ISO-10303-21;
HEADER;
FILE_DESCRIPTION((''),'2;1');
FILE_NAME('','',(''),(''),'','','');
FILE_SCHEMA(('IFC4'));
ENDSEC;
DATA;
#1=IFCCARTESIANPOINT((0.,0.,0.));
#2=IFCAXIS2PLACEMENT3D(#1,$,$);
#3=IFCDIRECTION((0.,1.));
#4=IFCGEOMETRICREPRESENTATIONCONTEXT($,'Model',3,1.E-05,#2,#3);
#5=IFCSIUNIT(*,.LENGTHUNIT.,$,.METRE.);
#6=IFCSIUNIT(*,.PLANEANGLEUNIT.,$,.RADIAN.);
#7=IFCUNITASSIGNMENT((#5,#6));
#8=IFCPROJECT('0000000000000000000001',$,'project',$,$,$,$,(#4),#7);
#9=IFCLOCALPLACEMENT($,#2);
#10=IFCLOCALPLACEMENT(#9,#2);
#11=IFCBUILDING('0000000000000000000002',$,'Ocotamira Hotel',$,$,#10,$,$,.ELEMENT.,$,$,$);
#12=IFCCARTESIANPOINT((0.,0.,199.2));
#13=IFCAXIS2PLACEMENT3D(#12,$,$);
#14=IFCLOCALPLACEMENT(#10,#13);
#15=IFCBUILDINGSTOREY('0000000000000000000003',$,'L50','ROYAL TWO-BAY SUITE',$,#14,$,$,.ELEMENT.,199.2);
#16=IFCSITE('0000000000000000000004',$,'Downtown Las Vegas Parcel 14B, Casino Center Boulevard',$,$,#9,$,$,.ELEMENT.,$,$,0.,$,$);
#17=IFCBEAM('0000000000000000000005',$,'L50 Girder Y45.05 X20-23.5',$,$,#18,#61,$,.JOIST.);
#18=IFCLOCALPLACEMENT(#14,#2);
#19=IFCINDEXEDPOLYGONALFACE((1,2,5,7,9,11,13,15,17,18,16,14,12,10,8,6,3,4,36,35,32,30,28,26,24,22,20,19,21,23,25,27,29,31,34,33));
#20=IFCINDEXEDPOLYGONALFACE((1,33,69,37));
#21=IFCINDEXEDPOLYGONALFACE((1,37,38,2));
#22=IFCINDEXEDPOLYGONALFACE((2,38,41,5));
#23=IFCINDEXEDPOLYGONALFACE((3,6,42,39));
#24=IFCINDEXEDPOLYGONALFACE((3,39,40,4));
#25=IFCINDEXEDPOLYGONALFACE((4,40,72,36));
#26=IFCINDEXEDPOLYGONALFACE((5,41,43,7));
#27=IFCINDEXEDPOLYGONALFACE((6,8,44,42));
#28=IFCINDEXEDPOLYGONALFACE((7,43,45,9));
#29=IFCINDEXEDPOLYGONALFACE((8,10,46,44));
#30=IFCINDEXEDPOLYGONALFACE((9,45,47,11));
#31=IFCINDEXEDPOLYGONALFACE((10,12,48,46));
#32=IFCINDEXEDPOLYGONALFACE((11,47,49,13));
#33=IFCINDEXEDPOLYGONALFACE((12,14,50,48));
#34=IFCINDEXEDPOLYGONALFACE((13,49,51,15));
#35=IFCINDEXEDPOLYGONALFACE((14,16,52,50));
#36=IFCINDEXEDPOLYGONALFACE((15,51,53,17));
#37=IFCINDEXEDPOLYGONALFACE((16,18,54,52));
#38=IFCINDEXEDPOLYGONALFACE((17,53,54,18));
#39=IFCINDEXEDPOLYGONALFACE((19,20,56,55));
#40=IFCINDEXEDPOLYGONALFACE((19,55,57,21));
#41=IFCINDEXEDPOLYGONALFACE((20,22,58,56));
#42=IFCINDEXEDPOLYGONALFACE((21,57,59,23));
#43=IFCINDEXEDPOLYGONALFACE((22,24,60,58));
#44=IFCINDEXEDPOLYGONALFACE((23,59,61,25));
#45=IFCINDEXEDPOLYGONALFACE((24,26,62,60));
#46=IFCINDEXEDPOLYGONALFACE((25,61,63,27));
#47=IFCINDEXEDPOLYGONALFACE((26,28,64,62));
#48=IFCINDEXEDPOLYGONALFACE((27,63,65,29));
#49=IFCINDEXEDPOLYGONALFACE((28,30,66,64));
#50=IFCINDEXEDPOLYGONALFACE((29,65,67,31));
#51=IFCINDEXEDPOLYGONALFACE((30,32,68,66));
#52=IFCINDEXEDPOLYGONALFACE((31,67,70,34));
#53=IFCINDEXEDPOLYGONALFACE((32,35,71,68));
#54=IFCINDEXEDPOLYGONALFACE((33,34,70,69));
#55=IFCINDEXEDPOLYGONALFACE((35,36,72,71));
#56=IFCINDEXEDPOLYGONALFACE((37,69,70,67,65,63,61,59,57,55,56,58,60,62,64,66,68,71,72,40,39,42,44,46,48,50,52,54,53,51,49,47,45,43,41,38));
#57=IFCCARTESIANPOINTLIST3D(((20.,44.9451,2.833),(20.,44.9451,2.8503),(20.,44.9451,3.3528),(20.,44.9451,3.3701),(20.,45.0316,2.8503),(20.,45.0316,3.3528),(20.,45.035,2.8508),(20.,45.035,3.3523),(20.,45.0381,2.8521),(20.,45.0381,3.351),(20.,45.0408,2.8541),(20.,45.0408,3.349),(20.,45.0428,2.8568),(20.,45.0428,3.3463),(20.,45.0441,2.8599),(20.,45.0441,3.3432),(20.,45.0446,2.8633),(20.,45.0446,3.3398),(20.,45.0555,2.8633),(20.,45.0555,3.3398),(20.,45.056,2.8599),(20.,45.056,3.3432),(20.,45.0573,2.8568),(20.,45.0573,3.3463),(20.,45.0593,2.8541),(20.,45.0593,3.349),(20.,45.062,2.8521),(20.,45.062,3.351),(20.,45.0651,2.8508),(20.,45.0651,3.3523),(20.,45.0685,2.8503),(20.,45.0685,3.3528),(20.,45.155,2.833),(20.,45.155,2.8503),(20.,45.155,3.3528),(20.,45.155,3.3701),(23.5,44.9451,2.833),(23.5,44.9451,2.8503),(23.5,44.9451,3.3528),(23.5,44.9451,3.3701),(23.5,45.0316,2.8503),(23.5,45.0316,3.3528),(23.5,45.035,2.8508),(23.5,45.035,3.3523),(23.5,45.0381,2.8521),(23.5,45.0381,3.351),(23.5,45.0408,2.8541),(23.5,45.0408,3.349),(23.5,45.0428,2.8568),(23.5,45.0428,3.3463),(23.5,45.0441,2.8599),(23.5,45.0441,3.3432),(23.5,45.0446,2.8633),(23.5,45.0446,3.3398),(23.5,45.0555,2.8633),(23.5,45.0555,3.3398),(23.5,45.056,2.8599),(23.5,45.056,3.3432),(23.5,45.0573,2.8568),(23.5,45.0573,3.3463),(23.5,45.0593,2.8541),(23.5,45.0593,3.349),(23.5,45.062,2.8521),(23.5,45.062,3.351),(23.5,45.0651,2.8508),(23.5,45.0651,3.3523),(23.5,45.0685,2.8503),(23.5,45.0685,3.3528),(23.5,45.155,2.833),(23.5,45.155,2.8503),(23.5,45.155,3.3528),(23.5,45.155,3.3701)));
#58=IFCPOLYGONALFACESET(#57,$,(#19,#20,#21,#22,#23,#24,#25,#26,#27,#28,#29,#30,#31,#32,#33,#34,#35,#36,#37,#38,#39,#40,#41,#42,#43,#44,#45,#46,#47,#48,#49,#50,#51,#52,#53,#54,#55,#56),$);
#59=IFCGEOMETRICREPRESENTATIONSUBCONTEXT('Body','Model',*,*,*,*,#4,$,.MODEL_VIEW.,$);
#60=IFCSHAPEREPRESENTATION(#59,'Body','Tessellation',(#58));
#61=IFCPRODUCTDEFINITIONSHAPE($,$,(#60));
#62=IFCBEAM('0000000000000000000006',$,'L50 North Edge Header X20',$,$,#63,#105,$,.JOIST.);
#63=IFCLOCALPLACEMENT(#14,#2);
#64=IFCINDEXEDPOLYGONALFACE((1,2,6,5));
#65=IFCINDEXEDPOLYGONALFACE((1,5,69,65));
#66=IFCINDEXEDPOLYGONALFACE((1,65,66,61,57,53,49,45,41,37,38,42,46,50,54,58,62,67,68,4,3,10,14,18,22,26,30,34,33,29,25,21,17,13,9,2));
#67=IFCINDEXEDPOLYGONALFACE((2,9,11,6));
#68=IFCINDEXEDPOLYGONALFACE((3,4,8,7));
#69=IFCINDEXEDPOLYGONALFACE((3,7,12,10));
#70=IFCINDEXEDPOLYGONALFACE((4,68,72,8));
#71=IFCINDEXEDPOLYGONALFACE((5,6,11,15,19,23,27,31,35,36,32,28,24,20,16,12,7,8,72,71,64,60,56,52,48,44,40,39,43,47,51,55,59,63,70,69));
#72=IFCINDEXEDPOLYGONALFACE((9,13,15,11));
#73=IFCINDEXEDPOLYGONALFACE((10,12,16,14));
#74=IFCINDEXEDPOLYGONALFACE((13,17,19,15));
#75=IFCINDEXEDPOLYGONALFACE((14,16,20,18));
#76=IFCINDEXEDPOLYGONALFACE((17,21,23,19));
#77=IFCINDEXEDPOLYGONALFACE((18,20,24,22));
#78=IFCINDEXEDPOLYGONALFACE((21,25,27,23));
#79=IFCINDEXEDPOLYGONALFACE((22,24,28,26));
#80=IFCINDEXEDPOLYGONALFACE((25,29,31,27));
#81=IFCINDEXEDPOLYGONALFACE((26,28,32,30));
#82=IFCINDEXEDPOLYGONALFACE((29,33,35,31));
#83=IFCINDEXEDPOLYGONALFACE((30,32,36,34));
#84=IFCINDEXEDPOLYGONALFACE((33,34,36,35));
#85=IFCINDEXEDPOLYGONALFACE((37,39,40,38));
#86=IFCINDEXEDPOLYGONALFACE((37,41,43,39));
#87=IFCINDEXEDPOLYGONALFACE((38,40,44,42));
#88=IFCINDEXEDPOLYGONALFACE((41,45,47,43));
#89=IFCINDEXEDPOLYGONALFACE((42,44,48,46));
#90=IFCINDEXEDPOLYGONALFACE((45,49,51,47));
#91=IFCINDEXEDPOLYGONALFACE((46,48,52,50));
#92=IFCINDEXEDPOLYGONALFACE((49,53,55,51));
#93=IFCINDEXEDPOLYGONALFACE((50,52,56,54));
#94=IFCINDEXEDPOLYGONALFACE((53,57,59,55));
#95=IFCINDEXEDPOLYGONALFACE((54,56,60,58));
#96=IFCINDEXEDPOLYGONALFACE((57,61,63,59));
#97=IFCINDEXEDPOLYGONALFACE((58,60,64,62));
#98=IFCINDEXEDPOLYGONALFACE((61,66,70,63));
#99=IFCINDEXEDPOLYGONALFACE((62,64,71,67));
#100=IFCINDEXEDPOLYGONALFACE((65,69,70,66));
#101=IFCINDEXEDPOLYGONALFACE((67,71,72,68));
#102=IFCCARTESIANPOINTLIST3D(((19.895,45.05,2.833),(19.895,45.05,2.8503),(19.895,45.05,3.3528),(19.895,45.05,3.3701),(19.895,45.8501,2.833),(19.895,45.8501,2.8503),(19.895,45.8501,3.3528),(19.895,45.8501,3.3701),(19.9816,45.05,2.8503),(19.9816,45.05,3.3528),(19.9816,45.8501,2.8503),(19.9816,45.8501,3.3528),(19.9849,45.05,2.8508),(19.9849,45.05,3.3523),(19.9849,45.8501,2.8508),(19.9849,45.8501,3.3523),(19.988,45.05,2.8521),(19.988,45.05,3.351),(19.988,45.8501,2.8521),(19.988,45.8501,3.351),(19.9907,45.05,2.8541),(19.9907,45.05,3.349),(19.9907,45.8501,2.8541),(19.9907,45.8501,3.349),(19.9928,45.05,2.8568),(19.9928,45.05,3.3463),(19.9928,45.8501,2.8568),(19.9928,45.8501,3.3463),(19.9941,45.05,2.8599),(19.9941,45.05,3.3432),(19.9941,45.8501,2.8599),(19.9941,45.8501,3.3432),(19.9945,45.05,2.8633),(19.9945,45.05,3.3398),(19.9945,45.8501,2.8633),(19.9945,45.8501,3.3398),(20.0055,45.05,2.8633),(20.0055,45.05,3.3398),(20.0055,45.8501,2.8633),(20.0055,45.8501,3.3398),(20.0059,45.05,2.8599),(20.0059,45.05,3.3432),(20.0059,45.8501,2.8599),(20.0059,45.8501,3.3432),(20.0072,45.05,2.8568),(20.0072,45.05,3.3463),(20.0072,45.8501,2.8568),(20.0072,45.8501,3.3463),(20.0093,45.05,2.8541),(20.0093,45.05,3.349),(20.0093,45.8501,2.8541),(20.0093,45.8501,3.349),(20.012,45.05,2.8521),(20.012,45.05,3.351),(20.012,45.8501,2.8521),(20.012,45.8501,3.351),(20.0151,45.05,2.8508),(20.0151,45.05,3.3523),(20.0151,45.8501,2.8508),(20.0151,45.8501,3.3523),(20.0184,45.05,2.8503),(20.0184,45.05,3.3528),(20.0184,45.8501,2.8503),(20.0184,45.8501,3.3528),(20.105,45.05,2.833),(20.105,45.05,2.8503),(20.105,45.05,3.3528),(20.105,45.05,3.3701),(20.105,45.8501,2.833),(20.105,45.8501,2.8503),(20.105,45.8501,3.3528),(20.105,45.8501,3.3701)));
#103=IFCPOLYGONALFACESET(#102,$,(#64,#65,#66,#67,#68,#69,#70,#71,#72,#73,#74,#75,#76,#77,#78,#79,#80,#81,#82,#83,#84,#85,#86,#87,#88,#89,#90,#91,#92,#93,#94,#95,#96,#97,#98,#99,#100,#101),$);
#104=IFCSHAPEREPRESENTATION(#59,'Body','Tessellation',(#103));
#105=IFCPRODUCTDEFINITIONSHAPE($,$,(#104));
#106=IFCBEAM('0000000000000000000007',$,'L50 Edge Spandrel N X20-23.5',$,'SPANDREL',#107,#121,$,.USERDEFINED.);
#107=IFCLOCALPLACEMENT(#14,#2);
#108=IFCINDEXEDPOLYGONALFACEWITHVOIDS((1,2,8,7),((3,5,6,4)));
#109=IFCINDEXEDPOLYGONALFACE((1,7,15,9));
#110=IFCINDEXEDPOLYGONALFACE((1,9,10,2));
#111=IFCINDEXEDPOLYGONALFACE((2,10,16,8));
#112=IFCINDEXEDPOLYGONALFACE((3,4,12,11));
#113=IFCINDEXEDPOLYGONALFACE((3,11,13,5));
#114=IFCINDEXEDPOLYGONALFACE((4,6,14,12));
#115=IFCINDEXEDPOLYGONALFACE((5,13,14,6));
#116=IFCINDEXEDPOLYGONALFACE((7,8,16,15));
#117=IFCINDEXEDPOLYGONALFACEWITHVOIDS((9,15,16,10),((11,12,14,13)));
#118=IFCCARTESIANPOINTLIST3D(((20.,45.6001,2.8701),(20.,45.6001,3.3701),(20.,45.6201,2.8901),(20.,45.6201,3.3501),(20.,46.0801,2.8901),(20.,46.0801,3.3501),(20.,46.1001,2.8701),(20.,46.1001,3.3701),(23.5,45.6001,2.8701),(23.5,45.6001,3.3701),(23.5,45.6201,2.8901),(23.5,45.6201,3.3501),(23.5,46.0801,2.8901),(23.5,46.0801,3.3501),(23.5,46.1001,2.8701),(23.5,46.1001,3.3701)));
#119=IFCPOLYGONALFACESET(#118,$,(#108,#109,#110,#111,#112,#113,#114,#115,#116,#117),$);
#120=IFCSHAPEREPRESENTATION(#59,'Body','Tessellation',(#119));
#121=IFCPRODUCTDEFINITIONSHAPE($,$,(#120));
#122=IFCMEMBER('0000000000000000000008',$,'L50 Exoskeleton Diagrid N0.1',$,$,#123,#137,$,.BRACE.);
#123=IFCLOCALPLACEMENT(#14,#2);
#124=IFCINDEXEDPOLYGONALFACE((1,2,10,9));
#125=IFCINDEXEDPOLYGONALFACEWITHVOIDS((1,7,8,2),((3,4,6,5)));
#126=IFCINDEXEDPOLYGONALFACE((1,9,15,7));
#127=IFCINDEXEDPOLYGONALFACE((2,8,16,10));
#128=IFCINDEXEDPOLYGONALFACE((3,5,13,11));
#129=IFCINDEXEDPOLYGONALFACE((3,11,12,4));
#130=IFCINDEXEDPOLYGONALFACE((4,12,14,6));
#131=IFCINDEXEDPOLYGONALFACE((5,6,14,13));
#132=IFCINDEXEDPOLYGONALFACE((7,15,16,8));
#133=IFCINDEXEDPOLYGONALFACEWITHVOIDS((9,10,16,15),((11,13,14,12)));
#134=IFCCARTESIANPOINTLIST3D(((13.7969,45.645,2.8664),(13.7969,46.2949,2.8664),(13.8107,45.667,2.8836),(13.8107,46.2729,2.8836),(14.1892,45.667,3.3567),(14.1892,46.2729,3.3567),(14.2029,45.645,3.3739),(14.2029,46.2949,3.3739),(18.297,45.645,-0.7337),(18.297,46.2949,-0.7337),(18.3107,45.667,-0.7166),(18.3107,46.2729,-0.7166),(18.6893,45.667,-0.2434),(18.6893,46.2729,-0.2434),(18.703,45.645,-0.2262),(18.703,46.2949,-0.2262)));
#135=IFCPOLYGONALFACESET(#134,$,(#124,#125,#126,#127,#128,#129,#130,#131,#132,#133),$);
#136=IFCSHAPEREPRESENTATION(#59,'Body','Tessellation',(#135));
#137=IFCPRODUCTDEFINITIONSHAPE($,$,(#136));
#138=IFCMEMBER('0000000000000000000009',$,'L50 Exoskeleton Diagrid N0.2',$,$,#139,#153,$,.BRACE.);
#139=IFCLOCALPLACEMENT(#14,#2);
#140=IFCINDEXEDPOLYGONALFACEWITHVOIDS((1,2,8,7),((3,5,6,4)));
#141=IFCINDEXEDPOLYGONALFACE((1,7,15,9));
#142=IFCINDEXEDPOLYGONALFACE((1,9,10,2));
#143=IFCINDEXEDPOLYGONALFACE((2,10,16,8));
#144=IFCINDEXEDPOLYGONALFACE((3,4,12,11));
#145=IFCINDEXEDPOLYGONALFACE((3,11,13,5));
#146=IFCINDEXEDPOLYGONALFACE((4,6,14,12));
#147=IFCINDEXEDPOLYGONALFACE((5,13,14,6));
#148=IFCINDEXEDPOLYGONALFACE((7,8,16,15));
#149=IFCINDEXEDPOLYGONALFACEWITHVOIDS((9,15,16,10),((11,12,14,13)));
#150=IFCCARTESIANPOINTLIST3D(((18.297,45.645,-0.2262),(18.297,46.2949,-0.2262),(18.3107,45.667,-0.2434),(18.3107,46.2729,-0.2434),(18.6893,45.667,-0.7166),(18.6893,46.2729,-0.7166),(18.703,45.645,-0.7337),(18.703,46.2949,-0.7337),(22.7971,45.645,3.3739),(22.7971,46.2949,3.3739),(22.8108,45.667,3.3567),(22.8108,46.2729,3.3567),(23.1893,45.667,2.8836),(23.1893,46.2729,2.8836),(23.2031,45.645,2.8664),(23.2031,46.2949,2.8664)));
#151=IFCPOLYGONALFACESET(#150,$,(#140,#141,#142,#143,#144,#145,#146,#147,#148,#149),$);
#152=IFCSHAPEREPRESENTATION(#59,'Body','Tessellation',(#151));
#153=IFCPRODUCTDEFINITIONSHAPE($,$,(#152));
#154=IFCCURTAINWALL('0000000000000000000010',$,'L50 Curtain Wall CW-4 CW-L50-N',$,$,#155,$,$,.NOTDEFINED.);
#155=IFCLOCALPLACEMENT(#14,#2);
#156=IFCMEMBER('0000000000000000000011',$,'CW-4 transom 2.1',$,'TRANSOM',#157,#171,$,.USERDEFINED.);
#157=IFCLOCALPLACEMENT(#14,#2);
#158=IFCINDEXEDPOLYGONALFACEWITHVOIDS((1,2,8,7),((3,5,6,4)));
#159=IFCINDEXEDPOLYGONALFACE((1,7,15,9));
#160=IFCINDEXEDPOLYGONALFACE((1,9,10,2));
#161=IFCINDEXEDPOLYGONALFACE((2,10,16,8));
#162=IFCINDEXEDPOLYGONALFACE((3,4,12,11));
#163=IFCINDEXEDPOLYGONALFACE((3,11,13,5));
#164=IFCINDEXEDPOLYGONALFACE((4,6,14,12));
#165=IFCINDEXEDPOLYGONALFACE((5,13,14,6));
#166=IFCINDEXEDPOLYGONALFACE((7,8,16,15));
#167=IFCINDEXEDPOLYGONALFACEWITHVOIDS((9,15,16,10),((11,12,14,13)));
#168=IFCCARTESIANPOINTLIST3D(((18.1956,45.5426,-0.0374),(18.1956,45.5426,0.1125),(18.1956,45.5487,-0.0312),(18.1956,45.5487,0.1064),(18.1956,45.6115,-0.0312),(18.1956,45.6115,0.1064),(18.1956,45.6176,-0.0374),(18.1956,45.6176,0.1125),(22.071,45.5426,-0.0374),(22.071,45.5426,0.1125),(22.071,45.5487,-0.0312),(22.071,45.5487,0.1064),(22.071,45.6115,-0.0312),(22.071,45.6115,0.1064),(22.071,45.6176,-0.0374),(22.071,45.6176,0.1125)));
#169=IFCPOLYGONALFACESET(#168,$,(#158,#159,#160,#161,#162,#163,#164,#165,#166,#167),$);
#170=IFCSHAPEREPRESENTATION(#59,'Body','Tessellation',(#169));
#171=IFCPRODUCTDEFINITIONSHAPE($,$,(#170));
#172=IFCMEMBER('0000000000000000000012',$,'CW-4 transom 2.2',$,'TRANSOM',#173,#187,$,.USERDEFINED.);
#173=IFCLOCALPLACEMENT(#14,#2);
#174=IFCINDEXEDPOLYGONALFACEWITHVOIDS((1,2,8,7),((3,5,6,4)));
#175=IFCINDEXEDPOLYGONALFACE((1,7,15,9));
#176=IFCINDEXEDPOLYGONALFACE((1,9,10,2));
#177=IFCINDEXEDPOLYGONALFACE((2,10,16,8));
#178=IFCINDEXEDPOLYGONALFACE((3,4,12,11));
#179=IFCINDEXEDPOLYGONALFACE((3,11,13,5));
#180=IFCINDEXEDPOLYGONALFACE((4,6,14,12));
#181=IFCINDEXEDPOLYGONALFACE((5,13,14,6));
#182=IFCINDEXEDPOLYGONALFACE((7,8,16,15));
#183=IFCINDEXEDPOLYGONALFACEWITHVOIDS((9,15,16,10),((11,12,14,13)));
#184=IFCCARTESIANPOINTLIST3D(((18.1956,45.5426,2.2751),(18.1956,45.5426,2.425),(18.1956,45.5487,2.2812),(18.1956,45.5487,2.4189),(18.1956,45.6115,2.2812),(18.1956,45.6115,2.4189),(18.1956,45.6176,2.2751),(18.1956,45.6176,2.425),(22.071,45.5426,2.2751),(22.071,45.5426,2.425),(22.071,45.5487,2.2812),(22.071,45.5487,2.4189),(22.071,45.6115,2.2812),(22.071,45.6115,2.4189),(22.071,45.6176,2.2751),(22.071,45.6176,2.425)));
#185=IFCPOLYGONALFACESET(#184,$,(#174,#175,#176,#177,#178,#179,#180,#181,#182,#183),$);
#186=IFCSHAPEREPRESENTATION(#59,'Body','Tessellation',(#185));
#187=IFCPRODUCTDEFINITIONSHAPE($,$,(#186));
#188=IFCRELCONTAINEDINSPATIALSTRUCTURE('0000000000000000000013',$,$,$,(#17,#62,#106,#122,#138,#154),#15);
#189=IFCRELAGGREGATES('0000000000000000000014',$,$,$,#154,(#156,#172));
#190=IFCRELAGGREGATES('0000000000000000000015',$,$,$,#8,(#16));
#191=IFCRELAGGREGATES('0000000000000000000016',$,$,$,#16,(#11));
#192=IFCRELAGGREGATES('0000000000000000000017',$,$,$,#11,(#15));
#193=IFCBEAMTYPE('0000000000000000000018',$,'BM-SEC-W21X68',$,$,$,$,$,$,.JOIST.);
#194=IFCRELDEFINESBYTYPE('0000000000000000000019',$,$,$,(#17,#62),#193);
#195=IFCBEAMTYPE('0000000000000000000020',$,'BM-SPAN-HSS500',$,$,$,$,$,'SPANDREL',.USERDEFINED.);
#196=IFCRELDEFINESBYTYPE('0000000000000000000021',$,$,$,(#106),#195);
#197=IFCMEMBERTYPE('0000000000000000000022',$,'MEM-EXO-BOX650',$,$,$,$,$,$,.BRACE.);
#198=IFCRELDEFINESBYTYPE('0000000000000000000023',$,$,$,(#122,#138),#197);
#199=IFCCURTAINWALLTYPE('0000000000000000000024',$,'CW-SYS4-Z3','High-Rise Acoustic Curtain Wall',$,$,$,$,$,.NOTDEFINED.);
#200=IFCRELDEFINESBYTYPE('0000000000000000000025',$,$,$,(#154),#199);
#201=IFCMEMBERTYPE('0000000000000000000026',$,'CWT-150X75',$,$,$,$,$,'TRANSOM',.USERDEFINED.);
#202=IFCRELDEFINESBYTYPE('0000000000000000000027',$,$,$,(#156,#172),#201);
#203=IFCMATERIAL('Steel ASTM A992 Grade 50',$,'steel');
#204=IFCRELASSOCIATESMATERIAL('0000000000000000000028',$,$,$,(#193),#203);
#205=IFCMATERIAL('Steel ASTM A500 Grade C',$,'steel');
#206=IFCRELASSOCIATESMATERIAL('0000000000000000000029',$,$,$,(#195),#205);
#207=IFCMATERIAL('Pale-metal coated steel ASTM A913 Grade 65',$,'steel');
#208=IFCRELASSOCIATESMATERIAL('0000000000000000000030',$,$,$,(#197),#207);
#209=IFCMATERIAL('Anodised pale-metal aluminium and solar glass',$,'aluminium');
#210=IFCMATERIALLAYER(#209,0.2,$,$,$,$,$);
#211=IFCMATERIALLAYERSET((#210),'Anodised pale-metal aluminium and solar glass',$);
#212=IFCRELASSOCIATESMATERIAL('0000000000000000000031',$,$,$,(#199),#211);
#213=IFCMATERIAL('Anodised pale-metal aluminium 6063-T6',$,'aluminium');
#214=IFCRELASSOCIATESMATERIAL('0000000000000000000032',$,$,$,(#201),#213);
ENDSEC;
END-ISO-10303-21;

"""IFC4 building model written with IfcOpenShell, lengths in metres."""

from ifc_helpers import new_model, si_unit, direction, frame, origin, origin_2d, place, context, subcontext, project, spatial, hollow_rectangle, i_section, extrude, source, transform, mapped, material, layer, layer_set, material_profile, profile_set, type_object, element, aggregate, save


model = new_model("IFC4")

# Units and contexts
model_context = context("Model", 3, precision=1e-05, world=origin(), true_north=direction((0.0, 1.0)))
body_context = subcontext(model_context, "Body", "Model", "MODEL_VIEW")
ifc_project = project(units=[si_unit("LENGTHUNIT", "METRE"), si_unit("PLANEANGLEUNIT", "RADIAN")], contexts=[model_context])

# Site, building, storey
site_placement = place(None, origin())
site = spatial("IfcSite", under=ifc_project, at=site_placement, Name="Downtown Las Vegas Parcel 14B, Casino Center Boulevard", CompositionType="ELEMENT", RefElevation=0.0)
building_placement = place(site_placement, origin())
building = spatial("IfcBuilding", under=site, at=building_placement, Name="Ocotamira Hotel", CompositionType="ELEMENT")
storey_placement = place(building_placement, frame((0.0, 0.0, 199.2)))
storey = spatial("IfcBuildingStorey", under=building, at=storey_placement, Name="L50", Description="ROYAL TWO-BAY SUITE", CompositionType="ELEMENT", Elevation=199.2)

# Beams
ifc_material_1 = material(Name="Steel ASTM A992 Grade 50", Category="steel")
ifc_material_profile_1 = material_profile(ifc_material_1, i_section(OverallWidth=0.21, OverallDepth=0.5371, WebThickness=0.011, FlangeThickness=0.0173, FilletRadius=0.0129, at=origin_2d()), Name="W21X68")
ifc_profile_set_1 = profile_set([ifc_material_profile_1], Name="Steel ASTM A992 Grade 50")
beam_type_1 = type_object("IfcBeamType", Name="BM-SEC-W21X68", PredefinedType="JOIST", material=ifc_profile_set_1)
shared_shape_1 = source(origin(), body_context, "Body", "SweptSolid", [
    extrude(i_section(OverallWidth=0.21, OverallDepth=0.5371, WebThickness=0.011, FlangeThickness=0.0173, FilletRadius=0.0129, at=origin_2d()), origin(), (0.0, 0.0, 1.0), 3.5),
])
beam_1_placement = place(storey_placement, frame((20.0, 45.05, 3.1016), z_axis=(1.0, 0.0, 0.0), x_axis=(0.0, 1.0, 0.0)))
element("IfcBeam", 1, at=beam_1_placement, inside=storey, type_object=beam_type_1, Name="L50 Girder Y45.05 X20-23.5", PredefinedType="JOIST", context=body_context, shape_type="MappedRepresentation", body=[
    mapped(shared_shape_1, transform((0.0, 0.0, 0.0), scale=1.0)),
])
shared_shape_2 = source(origin(), body_context, "Body", "SweptSolid", [
    extrude(i_section(OverallWidth=0.21, OverallDepth=0.5371, WebThickness=0.011, FlangeThickness=0.0173, FilletRadius=0.0129, at=origin_2d()), origin(), (0.0, 0.0, 1.0), 0.8),
])
beam_2_placement = place(storey_placement, frame((20.0, 45.05, 3.1016), z_axis=(0.0, 1.0, 0.0), x_axis=(-1.0, 0.0, 0.0)))
element("IfcBeam", 2, at=beam_2_placement, inside=storey, type_object=beam_type_1, Name="L50 North Edge Header X20", PredefinedType="JOIST", context=body_context, shape_type="MappedRepresentation", body=[
    mapped(shared_shape_2, transform((0.0, 0.0, 0.0), scale=1.0)),
])
ifc_material_2 = material(Name="Steel ASTM A500 Grade C", Category="steel")
ifc_material_profile_2 = material_profile(ifc_material_2, hollow_rectangle(XDim=0.5, YDim=0.5, WallThickness=0.02, at=origin_2d()), Name="HSS500X500X20")
ifc_profile_set_2 = profile_set([ifc_material_profile_2], Name="Steel ASTM A500 Grade C")
beam_type_2 = type_object("IfcBeamType", Name="BM-SPAN-HSS500", ElementType="SPANDREL", PredefinedType="USERDEFINED", material=ifc_profile_set_2)
shared_shape_3 = source(origin(), body_context, "Body", "SweptSolid", [
    extrude(hollow_rectangle(XDim=0.5, YDim=0.5, WallThickness=0.02, at=origin_2d()), origin(), (0.0, 0.0, 1.0), 3.5),
])
beam_3_placement = place(storey_placement, frame((20.0, 45.8501, 3.1201), z_axis=(1.0, 0.0, 0.0), x_axis=(0.0, 1.0, 0.0)))
element("IfcBeam", 3, at=beam_3_placement, inside=storey, type_object=beam_type_2, Name="L50 Edge Spandrel N X20-23.5", ObjectType="SPANDREL", PredefinedType="USERDEFINED", context=body_context, shape_type="MappedRepresentation", body=[
    mapped(shared_shape_3, transform((0.0, 0.0, 0.0), scale=1.0)),
])

# Members
ifc_material_3 = material(Name="Pale-metal coated steel ASTM A913 Grade 65", Category="steel")
ifc_material_profile_3 = material_profile(ifc_material_3, hollow_rectangle(XDim=0.6499, YDim=0.6499, WallThickness=0.022, at=origin_2d()), Name="BOX650X650X22")
ifc_profile_set_3 = profile_set([ifc_material_profile_3], Name="Pale-metal coated steel ASTM A913 Grade 65")
member_type_1 = type_object("IfcMemberType", Name="MEM-EXO-BOX650", PredefinedType="BRACE", material=ifc_profile_set_3)
shared_shape_4 = source(origin(), body_context, "Body", "SweptSolid", [
    extrude(hollow_rectangle(XDim=0.6499, YDim=0.6499, WallThickness=0.022, at=origin_2d()), origin(), (0.0, 0.0, 1.0), 5.7629),
])
for number, where, z_axis, x_axis, name in (
    (4, (18.5, 45.97, -0.48), (-0.780861, 0.0, 0.624705), (0.0, -1.0, 0.0), "L50 Exoskeleton Diagrid N0.1"),
    (5, (18.5, 45.97, -0.48), (0.780861, 0.0, 0.624705), (0.0, 1.0, 0.0), "L50 Exoskeleton Diagrid N0.2"),
):
    element("IfcMember", number, at=place(storey_placement, frame(where, z_axis=z_axis, x_axis=x_axis)), inside=storey, type_object=member_type_1, Name=name, PredefinedType="BRACE", context=body_context, shape_type="MappedRepresentation", body=[
        mapped(shared_shape_4, transform((0.0, 0.0, 0.0), scale=1.0)),
    ])

# Curtain wall, members
ifc_material_4 = material(Name="Anodised pale-metal aluminium and solar glass", Category="aluminium")
ifc_layer_1 = layer(ifc_material_4, 0.2)
ifc_layer_set_1 = layer_set([ifc_layer_1], Name="Anodised pale-metal aluminium and solar glass")
curtain_wall_type = type_object("IfcCurtainWallType", Name="CW-SYS4-Z3", Description="High-Rise Acoustic Curtain Wall", PredefinedType="NOTDEFINED", material=ifc_layer_set_1)
curtain_wall_placement = place(storey_placement, origin())
curtain_wall = element("IfcCurtainWall", 6, at=curtain_wall_placement, inside=storey, type_object=curtain_wall_type, Name="L50 Curtain Wall CW-4 CW-L50-N", PredefinedType="NOTDEFINED")
ifc_material_5 = material(Name="Anodised pale-metal aluminium 6063-T6", Category="aluminium")
ifc_material_profile_4 = material_profile(ifc_material_5, hollow_rectangle(XDim=0.075, YDim=0.1499, WallThickness=0.0061, at=origin_2d()), Name="HSS150X75X6")
ifc_profile_set_4 = profile_set([ifc_material_profile_4], Name="Anodised pale-metal aluminium 6063-T6")
member_type_2 = type_object("IfcMemberType", Name="CWT-150X75", ElementType="TRANSOM", PredefinedType="USERDEFINED", material=ifc_profile_set_4)
shared_shape_5 = source(origin(), body_context, "Body", "SweptSolid", [
    extrude(hollow_rectangle(XDim=0.075, YDim=0.1499, WallThickness=0.0061, at=origin_2d()), origin(), (0.0, 0.0, 1.0), 3.8755),
])
member_1_placement = place(storey_placement, frame((18.1956, 45.5801, 0.0376), z_axis=(1.0, 0.0, 0.0), x_axis=(0.0, 1.0, 0.0)))
member_1 = element("IfcMember", 7, at=member_1_placement, type_object=member_type_2, Name="CW-4 transom 2.1", ObjectType="TRANSOM", PredefinedType="USERDEFINED", context=body_context, shape_type="MappedRepresentation", body=[
    mapped(shared_shape_5, transform((0.0, 0.0, 0.0), scale=1.0)),
])
member_2_placement = place(storey_placement, frame((18.1956, 45.5801, 2.3501), z_axis=(1.0, 0.0, 0.0), x_axis=(0.0, 1.0, 0.0)))
member_2 = element("IfcMember", 8, at=member_2_placement, type_object=member_type_2, Name="CW-4 transom 2.2", ObjectType="TRANSOM", PredefinedType="USERDEFINED", context=body_context, shape_type="MappedRepresentation", body=[
    mapped(shared_shape_5, transform((0.0, 0.0, 0.0), scale=1.0)),
])

aggregate(curtain_wall, [member_1, member_2])

save(model, "model.ifc")
